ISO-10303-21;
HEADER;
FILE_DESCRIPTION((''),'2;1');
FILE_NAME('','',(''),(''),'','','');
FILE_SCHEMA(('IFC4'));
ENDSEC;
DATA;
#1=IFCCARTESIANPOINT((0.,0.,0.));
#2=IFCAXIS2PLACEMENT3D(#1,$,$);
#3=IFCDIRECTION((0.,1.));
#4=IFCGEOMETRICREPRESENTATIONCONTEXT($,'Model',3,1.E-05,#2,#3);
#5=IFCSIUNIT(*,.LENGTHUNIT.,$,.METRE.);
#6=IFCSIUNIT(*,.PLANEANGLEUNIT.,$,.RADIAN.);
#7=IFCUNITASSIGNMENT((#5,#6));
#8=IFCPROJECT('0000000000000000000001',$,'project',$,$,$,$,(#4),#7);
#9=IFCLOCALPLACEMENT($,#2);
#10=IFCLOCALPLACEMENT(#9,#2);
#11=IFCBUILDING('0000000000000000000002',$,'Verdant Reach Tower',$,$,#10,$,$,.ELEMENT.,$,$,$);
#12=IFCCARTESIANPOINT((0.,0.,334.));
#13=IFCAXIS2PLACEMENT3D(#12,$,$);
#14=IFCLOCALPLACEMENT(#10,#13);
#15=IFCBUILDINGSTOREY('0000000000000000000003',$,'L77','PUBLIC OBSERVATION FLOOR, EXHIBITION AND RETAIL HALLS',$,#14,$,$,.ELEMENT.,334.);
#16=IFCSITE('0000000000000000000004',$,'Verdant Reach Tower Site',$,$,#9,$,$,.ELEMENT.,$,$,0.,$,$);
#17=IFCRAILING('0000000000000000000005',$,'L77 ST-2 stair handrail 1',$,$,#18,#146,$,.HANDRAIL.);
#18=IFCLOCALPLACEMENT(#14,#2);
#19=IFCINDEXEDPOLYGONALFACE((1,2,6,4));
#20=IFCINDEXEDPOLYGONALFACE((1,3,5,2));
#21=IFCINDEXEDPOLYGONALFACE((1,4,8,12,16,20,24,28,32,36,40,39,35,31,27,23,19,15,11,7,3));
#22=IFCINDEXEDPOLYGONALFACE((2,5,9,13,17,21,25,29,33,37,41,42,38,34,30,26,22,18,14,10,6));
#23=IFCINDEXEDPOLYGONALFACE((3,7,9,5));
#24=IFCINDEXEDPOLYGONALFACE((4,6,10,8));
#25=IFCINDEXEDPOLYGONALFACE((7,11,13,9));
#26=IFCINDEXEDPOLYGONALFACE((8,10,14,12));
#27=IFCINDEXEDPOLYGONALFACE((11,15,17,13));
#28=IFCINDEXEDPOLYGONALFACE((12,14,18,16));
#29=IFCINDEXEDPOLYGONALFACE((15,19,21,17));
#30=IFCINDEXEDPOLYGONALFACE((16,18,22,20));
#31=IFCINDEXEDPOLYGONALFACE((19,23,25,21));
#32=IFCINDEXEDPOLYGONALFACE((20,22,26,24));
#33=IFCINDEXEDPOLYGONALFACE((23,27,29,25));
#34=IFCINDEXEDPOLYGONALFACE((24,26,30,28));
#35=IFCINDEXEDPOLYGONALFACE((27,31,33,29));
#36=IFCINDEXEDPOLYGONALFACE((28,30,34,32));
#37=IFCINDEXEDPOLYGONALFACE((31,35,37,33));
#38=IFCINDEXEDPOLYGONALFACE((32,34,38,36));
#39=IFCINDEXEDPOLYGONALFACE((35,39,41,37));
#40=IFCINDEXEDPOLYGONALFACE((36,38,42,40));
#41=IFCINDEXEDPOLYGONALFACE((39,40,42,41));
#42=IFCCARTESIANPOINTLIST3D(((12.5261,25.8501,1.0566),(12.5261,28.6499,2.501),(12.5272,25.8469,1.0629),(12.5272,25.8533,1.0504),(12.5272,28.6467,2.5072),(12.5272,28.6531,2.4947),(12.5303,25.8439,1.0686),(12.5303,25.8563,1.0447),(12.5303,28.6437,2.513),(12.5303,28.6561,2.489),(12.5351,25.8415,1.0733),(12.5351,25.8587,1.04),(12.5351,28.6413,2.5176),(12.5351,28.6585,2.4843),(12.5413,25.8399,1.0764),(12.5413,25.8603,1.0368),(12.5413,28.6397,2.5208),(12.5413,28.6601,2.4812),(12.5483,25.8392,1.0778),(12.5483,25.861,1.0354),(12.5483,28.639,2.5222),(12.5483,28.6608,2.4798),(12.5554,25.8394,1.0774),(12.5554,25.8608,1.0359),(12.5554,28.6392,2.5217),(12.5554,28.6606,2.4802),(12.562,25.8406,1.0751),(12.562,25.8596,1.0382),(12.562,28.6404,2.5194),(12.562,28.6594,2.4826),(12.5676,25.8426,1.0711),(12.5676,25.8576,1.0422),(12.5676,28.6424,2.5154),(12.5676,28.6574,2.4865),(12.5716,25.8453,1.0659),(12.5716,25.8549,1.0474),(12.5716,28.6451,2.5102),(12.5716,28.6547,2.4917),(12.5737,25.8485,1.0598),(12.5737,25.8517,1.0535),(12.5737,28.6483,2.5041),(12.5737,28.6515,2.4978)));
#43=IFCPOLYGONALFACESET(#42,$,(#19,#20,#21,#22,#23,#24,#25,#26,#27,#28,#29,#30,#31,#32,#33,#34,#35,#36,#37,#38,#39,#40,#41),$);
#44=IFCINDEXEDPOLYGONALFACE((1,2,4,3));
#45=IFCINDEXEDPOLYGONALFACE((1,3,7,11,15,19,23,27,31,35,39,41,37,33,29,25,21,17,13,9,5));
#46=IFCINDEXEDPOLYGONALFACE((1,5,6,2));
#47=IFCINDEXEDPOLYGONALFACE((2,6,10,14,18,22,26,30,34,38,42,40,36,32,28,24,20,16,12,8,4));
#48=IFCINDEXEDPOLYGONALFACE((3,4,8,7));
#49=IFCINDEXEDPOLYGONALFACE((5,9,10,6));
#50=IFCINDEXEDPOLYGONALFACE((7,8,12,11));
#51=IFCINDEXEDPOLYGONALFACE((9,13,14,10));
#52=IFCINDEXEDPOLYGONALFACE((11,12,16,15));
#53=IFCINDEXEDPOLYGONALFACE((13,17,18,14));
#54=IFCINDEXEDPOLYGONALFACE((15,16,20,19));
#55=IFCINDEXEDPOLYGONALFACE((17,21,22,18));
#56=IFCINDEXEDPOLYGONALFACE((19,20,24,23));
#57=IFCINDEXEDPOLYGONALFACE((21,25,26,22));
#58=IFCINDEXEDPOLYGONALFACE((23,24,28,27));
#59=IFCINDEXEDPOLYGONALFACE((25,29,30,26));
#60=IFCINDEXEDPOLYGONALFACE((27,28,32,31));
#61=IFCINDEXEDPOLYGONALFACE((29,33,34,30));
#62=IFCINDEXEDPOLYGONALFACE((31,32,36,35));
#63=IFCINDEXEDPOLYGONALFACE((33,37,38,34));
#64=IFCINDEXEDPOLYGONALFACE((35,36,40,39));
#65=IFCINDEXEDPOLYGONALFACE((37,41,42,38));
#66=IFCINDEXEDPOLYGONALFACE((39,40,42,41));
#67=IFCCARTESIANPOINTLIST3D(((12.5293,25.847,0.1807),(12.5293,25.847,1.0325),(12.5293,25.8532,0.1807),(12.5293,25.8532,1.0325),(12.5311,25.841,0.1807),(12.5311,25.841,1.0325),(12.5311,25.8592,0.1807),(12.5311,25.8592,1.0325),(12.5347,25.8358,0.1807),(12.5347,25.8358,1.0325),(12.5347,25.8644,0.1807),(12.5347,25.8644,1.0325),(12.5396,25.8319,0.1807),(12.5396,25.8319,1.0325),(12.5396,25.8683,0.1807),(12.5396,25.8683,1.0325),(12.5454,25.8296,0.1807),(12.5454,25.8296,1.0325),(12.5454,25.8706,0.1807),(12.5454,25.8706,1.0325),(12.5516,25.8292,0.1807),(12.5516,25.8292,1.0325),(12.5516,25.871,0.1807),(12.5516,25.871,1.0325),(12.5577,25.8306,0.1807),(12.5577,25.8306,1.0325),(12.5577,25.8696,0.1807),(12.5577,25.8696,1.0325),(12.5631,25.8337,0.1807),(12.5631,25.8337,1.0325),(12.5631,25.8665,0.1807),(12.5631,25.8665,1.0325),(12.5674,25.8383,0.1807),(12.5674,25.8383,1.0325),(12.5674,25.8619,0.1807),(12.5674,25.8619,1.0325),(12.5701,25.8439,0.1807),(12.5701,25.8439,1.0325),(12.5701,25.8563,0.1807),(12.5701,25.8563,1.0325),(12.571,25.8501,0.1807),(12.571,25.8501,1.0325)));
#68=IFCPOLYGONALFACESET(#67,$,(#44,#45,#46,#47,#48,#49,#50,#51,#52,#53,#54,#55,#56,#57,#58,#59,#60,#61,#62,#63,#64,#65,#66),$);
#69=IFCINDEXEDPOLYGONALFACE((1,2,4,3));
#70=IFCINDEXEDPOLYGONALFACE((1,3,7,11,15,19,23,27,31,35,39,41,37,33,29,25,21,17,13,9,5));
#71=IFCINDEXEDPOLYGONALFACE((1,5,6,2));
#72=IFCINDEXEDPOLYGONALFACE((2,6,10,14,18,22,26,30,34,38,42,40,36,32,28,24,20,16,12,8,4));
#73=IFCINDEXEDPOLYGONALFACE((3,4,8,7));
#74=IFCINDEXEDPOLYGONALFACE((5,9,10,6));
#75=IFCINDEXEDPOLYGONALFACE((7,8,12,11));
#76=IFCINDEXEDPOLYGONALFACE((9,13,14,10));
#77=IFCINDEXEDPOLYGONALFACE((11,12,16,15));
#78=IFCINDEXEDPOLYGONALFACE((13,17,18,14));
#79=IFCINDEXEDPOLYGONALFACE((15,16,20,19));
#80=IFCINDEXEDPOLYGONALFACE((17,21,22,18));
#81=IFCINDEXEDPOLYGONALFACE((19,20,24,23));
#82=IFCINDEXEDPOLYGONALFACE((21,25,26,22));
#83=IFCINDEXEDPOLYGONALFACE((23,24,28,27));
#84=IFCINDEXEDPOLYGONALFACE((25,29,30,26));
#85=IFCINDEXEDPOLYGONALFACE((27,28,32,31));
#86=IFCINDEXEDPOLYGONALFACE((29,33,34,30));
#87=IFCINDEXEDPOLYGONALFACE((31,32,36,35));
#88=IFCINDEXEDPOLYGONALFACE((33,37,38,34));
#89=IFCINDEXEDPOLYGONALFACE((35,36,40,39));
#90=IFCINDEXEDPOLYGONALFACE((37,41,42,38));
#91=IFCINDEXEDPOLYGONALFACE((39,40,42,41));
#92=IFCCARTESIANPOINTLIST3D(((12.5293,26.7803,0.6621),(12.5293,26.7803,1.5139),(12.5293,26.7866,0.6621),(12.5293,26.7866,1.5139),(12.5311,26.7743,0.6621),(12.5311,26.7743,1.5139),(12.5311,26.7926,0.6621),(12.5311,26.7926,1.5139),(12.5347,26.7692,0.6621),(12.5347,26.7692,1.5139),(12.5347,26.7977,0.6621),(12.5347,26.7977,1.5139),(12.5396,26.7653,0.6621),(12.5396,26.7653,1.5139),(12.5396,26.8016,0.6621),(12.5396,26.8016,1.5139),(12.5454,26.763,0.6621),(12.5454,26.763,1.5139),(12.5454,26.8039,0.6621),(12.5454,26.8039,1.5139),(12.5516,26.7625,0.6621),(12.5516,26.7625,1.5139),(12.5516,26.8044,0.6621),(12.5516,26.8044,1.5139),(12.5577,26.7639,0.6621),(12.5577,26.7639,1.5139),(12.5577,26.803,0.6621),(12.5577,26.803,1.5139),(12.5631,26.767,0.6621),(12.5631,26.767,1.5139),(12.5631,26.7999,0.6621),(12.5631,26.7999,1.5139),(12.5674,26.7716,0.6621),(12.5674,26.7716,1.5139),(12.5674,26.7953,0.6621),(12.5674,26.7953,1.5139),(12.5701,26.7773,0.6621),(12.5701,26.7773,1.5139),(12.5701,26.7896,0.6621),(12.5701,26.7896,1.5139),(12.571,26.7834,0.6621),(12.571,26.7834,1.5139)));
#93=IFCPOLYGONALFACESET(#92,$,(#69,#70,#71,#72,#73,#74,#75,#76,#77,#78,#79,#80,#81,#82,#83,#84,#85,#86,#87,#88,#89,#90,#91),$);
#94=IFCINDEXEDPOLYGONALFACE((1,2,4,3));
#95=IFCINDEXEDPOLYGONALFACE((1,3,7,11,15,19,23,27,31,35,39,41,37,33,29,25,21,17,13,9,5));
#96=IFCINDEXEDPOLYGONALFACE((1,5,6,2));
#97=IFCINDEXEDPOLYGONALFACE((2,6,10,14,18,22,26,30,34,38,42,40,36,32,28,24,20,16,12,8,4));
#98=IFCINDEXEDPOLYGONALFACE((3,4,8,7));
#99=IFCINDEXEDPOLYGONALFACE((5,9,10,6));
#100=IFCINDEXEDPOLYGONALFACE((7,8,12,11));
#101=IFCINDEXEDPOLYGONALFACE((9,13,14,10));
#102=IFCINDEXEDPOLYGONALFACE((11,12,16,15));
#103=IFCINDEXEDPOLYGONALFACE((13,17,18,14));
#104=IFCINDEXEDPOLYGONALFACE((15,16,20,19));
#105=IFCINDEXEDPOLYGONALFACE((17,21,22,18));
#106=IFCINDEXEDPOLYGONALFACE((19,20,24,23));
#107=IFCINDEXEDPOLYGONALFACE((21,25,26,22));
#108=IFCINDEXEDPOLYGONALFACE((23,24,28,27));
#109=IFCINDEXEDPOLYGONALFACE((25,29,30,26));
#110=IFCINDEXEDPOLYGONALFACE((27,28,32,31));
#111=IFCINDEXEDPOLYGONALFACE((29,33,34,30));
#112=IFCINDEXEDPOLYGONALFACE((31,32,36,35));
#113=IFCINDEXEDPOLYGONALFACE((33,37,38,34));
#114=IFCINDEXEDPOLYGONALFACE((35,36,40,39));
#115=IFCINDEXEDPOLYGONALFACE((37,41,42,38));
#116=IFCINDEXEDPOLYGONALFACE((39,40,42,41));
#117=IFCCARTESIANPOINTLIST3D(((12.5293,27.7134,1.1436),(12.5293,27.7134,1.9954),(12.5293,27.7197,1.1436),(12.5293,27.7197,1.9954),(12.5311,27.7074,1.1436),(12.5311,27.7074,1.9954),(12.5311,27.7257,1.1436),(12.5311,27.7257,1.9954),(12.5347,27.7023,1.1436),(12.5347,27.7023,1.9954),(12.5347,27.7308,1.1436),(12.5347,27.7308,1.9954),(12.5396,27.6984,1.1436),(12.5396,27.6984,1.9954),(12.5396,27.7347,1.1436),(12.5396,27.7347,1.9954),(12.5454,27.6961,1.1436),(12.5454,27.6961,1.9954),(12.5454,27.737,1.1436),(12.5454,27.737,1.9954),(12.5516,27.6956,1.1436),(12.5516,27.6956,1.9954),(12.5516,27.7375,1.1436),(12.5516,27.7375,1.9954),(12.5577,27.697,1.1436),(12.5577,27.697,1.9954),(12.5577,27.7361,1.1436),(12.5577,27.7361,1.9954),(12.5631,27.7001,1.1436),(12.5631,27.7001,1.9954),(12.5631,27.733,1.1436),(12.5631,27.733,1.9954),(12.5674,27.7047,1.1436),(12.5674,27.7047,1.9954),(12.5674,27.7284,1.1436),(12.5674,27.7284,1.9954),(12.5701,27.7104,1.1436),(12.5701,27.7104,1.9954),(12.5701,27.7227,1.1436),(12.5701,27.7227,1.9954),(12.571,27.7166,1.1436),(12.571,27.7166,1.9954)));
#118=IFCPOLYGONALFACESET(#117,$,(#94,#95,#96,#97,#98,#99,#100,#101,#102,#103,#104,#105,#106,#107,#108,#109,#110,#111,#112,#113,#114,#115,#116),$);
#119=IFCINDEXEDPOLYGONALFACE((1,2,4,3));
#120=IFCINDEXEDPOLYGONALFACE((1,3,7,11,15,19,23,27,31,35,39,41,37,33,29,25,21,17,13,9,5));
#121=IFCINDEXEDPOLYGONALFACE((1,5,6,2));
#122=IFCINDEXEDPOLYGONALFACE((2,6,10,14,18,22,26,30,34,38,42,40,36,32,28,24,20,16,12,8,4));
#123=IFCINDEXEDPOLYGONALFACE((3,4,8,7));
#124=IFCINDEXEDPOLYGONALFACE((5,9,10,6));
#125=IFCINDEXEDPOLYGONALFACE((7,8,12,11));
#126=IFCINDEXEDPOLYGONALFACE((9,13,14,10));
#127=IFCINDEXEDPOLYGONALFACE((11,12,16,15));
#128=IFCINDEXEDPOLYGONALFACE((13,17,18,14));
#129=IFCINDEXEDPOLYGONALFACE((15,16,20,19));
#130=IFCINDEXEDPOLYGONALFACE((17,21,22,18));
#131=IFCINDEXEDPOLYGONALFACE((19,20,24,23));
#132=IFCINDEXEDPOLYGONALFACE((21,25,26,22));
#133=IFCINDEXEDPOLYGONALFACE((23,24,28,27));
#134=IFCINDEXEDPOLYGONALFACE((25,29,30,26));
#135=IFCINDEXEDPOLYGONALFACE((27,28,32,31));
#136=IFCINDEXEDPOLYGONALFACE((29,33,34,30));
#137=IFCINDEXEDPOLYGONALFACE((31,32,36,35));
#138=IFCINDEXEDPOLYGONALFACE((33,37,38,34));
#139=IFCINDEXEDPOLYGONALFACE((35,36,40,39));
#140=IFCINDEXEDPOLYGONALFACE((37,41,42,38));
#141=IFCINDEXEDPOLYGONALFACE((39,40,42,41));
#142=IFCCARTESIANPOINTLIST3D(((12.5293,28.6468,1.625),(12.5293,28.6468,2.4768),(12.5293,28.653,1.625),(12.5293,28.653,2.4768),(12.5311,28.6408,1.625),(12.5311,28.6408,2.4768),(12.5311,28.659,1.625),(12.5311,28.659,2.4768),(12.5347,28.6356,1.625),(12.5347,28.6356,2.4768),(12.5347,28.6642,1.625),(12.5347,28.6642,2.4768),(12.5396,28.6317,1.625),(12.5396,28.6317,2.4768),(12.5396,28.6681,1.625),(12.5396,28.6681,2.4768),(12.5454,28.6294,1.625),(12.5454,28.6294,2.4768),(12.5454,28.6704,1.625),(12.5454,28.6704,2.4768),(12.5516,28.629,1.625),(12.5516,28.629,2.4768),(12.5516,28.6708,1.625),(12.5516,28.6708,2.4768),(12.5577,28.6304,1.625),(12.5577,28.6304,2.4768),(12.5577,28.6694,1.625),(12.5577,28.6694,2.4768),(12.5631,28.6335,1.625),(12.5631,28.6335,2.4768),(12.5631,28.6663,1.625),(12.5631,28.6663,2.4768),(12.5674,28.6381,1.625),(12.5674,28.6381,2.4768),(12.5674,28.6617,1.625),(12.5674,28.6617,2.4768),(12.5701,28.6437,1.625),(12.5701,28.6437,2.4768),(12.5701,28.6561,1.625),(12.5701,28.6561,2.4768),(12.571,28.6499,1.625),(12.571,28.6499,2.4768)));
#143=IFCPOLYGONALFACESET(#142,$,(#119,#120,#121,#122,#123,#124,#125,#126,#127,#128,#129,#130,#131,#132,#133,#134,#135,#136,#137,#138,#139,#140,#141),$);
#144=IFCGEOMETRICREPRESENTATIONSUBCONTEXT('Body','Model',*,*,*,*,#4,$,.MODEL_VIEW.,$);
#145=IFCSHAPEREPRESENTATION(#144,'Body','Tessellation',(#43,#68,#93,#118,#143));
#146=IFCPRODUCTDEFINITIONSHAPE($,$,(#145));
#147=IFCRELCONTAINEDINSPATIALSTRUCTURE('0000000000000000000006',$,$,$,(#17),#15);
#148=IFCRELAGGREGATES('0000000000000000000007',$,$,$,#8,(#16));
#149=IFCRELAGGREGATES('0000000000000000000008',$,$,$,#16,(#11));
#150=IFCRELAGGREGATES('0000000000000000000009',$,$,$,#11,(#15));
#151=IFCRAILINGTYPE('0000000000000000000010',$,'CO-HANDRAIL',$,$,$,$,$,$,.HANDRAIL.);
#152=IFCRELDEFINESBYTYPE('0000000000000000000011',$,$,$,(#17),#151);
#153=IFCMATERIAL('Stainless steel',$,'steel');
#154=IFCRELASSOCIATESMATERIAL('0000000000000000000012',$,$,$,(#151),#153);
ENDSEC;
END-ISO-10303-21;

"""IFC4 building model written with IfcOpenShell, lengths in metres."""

from ifc_helpers import new_model, si_unit, direction, frame, origin, origin_2d, place, context, subcontext, project, spatial, circle, extrude, material, type_object, element, save


model = new_model("IFC4")

# Units and contexts
model_context = context("Model", 3, precision=1e-05, world=origin(), true_north=direction((0.0, 1.0)))
body_context = subcontext(model_context, "Body", "Model", "MODEL_VIEW")
ifc_project = project(units=[si_unit("LENGTHUNIT", "METRE"), si_unit("PLANEANGLEUNIT", "RADIAN")], contexts=[model_context])

# Site, building, storey
site_placement = place(None, origin())
site = spatial("IfcSite", under=ifc_project, at=site_placement, Name="Verdant Reach Tower Site", CompositionType="ELEMENT", RefElevation=0.0)
building_placement = place(site_placement, origin())
building = spatial("IfcBuilding", under=site, at=building_placement, Name="Verdant Reach Tower", CompositionType="ELEMENT")
storey_placement = place(building_placement, frame((0.0, 0.0, 334.0)))
storey = spatial("IfcBuildingStorey", under=building, at=storey_placement, Name="L77", Description="PUBLIC OBSERVATION FLOOR, EXHIBITION AND RETAIL HALLS", CompositionType="ELEMENT", Elevation=334.0)

# Railing
ifc_material_1 = material(Name="Stainless steel", Category="steel")
railing_type_1 = type_object("IfcRailingType", Name="CO-HANDRAIL", PredefinedType="HANDRAIL", material=ifc_material_1)
railing_1_placement = place(storey_placement, frame((12.55, 25.8501, 0.1807)))
element("IfcRailing", 1, at=railing_1_placement, inside=storey, type_object=railing_type_1, Name="L77 ST-2 stair handrail 1", PredefinedType="HANDRAIL", context=body_context, shape_type="SweptSolid", body=[
    extrude(circle(Radius=0.0239, at=origin_2d()), frame((0.0, 0.0, 0.876), z_axis=(0.0, 0.888714, 0.458461), x_axis=(-1.0, 0.0, 0.0)), (0.0, 0.0, 1.0), 3.1504),
    extrude(circle(Radius=0.021, at=origin_2d()), origin(), (0.0, 0.0, 1.0), 0.8518),
    extrude(circle(Radius=0.021, at=origin_2d()), frame((0.0, 0.9333, 0.4814)), (0.0, 0.0, 1.0), 0.8518),
    extrude(circle(Radius=0.021, at=origin_2d()), frame((0.0, 1.8665, 0.9629)), (0.0, 0.0, 1.0), 0.8518),
    extrude(circle(Radius=0.021, at=origin_2d()), frame((0.0, 2.7998, 1.4443)), (0.0, 0.0, 1.0), 0.8518),
])

save(model, "model.ifc")
